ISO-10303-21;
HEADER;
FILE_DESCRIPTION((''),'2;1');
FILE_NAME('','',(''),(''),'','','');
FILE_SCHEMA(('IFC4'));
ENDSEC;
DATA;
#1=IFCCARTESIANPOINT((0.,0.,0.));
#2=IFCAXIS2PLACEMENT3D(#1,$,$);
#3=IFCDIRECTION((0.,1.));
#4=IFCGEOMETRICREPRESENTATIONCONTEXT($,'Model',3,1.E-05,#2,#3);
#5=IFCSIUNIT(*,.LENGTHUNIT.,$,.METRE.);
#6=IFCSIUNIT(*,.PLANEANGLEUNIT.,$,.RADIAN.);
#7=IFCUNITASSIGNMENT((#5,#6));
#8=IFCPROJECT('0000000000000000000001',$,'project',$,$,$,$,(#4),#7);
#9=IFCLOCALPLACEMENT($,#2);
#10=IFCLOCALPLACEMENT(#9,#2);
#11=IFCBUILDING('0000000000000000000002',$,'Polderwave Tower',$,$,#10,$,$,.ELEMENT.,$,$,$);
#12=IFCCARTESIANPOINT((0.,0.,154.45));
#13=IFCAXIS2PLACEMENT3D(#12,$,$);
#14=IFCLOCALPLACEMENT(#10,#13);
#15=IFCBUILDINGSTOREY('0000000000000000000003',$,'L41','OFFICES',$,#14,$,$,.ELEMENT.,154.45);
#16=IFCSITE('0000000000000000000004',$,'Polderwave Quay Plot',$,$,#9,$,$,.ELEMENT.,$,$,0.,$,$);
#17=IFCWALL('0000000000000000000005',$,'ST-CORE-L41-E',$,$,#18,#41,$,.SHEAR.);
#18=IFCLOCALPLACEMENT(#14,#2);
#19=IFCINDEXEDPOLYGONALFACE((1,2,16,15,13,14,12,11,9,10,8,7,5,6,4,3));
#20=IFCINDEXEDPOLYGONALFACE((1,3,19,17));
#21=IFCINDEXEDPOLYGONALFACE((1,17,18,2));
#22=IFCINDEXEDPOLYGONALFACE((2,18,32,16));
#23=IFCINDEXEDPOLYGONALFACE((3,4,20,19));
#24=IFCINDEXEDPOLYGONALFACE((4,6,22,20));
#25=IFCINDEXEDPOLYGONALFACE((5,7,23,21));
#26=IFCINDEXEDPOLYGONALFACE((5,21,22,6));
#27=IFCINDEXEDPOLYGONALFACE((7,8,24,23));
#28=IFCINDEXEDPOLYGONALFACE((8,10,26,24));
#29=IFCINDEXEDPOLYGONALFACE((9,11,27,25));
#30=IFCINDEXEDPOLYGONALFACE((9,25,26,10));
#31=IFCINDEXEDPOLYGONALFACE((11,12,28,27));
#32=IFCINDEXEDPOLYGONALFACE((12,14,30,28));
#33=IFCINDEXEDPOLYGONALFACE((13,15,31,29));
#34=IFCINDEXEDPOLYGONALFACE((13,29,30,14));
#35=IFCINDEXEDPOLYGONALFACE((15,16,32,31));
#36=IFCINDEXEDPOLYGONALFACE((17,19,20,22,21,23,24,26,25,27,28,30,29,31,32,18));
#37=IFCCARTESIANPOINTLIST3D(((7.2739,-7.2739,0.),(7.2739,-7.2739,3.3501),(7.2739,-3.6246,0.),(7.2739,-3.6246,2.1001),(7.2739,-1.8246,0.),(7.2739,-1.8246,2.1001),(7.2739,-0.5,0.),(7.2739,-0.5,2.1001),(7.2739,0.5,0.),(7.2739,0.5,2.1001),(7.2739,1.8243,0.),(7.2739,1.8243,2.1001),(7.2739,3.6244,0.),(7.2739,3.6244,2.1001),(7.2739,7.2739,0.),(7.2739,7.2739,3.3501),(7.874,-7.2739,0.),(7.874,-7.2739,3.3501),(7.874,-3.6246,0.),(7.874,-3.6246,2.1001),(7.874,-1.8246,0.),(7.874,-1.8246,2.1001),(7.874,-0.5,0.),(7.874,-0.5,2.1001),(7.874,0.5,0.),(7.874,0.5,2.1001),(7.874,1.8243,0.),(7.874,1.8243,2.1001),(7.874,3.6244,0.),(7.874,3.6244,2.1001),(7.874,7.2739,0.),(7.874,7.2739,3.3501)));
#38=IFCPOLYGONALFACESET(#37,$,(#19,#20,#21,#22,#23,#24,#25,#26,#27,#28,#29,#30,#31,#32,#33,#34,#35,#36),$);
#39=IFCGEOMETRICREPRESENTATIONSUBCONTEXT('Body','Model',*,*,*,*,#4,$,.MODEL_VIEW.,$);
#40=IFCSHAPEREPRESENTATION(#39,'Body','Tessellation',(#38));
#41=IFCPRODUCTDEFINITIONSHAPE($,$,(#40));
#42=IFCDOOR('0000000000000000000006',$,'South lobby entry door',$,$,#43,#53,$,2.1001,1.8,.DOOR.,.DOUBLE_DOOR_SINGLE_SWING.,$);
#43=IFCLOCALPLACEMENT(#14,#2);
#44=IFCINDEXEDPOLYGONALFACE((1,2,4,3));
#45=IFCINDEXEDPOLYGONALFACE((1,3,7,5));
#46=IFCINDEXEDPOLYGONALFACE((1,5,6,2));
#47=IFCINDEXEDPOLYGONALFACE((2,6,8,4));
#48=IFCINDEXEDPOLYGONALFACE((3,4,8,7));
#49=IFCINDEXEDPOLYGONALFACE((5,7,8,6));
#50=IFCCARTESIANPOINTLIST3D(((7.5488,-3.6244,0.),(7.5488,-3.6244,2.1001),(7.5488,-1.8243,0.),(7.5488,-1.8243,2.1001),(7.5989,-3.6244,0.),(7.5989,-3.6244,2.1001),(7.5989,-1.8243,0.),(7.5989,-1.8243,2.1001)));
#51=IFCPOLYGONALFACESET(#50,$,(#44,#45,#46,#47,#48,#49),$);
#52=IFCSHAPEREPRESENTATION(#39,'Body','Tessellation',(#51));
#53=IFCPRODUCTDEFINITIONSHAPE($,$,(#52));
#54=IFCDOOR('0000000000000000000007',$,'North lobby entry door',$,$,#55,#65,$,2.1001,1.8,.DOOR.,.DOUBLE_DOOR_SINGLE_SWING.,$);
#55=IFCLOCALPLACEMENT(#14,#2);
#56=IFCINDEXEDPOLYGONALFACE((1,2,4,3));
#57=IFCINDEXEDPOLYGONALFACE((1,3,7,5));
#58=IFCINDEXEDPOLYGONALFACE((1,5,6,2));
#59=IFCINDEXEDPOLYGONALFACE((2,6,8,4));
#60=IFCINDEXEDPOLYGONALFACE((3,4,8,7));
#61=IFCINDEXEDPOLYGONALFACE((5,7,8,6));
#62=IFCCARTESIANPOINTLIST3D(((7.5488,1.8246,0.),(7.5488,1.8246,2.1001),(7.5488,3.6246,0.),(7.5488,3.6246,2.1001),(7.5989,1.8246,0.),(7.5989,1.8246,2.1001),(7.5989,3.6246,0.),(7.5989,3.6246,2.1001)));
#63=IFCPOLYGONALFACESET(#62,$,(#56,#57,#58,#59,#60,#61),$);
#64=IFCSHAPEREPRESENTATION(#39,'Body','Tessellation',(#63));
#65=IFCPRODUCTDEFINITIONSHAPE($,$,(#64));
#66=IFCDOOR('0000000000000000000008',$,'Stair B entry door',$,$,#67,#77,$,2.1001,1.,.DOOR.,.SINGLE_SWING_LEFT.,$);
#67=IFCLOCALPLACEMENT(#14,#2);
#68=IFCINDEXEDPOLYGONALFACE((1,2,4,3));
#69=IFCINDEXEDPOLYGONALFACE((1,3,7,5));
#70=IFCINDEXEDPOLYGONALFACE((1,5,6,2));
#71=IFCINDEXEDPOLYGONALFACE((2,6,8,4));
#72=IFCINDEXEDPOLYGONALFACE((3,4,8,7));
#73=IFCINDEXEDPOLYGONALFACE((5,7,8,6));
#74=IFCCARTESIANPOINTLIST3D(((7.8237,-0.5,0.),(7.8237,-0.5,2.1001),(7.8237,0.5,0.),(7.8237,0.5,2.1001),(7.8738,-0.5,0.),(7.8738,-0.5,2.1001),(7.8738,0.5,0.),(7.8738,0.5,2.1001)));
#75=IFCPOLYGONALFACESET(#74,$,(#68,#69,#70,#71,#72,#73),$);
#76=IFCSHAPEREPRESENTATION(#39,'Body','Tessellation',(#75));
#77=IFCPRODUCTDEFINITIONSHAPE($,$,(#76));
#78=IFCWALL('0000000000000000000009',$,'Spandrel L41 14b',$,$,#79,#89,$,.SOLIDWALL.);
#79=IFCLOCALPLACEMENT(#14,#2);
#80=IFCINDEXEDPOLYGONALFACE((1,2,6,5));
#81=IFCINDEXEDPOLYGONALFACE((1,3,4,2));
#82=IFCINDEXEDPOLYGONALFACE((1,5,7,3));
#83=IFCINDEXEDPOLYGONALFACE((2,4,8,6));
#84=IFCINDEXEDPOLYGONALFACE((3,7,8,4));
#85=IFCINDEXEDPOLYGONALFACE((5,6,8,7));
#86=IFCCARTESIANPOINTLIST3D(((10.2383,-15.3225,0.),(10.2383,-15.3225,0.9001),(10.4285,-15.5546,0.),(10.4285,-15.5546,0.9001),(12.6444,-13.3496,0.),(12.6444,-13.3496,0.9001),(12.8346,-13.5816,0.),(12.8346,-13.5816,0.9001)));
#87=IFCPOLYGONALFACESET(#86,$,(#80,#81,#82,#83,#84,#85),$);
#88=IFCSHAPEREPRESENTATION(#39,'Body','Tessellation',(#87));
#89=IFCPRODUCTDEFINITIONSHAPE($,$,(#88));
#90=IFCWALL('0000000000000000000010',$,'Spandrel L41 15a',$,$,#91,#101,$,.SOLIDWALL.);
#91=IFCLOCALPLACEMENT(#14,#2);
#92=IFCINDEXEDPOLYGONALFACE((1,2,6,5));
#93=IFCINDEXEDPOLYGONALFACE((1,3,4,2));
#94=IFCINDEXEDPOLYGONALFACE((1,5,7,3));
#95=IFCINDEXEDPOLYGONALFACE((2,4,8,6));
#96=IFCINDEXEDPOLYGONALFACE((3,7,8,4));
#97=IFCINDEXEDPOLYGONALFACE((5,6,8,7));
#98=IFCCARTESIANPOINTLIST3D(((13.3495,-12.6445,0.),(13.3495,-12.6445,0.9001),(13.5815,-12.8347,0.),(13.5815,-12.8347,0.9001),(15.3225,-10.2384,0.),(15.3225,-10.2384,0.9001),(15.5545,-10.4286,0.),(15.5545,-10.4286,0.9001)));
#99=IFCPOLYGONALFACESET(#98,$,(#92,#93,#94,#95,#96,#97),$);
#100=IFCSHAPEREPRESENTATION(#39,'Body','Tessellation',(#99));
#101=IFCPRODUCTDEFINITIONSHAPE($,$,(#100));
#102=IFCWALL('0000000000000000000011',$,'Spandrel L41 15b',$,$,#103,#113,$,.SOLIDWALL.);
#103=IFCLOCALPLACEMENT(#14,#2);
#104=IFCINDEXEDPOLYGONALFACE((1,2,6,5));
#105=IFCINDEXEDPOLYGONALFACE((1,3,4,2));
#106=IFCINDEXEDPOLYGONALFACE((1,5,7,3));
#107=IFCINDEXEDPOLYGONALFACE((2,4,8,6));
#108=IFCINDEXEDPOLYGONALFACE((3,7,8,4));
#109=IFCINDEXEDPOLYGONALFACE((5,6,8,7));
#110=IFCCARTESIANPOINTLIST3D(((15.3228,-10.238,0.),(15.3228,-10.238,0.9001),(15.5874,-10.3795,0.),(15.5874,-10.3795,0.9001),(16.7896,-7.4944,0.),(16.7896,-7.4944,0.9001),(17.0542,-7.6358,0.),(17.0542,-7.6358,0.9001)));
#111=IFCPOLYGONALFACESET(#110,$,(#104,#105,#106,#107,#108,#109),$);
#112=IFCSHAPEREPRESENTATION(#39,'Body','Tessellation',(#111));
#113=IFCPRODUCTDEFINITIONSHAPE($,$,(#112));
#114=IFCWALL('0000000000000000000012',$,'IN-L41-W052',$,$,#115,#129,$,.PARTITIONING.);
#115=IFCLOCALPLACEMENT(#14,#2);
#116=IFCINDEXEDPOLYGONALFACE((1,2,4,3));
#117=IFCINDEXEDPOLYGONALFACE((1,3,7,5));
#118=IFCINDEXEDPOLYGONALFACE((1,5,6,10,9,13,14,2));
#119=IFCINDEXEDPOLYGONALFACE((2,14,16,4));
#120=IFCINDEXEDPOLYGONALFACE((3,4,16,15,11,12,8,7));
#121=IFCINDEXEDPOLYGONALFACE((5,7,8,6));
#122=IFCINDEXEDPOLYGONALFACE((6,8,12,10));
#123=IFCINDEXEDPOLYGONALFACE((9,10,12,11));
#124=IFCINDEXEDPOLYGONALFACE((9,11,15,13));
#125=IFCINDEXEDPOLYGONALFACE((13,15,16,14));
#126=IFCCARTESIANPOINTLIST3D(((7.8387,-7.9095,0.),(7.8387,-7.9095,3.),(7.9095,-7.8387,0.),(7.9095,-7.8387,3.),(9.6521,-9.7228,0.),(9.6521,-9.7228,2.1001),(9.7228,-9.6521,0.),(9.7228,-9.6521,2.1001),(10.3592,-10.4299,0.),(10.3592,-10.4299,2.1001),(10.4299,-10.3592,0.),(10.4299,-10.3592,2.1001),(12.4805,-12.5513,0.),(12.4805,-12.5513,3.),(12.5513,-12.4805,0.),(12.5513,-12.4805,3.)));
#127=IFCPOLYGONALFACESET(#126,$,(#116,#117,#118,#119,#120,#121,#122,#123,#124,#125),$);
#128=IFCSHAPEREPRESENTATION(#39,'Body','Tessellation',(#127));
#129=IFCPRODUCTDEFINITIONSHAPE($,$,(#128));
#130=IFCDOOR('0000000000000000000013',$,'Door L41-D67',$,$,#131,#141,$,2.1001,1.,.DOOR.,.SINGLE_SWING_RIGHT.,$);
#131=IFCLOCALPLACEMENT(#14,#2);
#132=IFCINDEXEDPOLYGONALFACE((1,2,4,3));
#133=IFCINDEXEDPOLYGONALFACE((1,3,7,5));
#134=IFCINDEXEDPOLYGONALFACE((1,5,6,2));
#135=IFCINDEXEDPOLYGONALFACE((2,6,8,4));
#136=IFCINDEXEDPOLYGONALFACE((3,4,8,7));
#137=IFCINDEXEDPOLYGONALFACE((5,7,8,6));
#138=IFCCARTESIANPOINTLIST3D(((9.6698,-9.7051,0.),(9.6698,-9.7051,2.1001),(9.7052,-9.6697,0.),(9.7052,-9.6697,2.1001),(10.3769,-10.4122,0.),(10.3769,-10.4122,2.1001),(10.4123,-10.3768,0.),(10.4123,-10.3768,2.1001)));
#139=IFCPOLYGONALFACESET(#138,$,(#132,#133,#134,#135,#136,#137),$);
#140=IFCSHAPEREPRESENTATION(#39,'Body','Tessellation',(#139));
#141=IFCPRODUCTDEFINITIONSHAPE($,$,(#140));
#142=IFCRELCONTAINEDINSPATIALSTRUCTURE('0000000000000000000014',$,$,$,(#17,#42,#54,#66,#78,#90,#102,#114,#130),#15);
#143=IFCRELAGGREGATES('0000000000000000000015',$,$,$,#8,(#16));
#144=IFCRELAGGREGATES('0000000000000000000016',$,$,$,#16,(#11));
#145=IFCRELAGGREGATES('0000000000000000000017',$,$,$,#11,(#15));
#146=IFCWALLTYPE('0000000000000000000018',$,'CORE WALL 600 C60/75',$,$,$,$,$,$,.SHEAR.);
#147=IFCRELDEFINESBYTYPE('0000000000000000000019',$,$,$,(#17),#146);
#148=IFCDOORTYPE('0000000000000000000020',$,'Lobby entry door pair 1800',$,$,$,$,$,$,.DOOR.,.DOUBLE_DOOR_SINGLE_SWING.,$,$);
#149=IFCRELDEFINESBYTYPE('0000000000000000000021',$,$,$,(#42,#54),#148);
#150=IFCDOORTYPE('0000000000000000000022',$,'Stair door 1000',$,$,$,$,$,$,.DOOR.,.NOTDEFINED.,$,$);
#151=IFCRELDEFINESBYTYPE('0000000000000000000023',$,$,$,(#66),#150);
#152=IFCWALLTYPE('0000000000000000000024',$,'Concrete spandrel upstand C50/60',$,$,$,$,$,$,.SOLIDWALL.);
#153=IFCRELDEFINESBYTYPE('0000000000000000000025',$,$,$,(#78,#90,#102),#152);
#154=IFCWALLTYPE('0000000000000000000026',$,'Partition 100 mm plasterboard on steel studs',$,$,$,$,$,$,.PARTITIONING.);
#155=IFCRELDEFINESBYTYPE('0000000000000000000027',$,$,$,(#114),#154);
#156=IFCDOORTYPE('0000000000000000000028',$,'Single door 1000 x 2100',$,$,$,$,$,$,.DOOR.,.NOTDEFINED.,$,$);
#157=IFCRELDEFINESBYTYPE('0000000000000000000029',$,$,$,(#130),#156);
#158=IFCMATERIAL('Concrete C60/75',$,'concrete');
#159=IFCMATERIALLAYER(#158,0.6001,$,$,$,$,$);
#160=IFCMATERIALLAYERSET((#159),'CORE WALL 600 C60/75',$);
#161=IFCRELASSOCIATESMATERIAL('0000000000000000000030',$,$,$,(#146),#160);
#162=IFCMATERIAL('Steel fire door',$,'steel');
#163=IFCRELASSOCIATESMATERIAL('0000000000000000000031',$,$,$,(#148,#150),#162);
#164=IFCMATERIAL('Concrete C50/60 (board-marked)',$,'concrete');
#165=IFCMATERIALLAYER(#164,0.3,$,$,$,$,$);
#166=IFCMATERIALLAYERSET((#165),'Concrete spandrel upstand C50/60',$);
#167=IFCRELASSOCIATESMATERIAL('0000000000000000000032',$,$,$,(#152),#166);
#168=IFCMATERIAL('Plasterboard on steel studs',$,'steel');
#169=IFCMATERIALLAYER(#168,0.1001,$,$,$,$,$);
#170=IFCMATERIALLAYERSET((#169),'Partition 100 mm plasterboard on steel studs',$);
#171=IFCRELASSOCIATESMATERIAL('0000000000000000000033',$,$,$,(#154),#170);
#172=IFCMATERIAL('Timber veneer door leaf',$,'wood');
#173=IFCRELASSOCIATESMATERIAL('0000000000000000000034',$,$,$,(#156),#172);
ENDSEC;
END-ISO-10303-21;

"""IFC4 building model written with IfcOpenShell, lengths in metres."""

from ifc_helpers import new_model, si_unit, direction, frame, frame_2d, origin, place, context, subcontext, project, spatial, rectangle, extrude, material, layer, layer_set, type_object, element, fill, save


model = new_model("IFC4")

# Units and contexts
model_context = context("Model", 3, precision=1e-05, world=origin(), true_north=direction((0.0, 1.0)))
body_context = subcontext(model_context, "Body", "Model", "MODEL_VIEW")
ifc_project = project(units=[si_unit("LENGTHUNIT", "METRE"), si_unit("PLANEANGLEUNIT", "RADIAN")], contexts=[model_context])

# Site, building, storey
site_placement = place(None, origin())
site = spatial("IfcSite", under=ifc_project, at=site_placement, Name="Polderwave Quay Plot", CompositionType="ELEMENT", RefElevation=0.0)
building_placement = place(site_placement, origin())
building = spatial("IfcBuilding", under=site, at=building_placement, Name="Polderwave Tower", CompositionType="ELEMENT")
storey_placement = place(building_placement, frame((0.0, 0.0, 154.45)))
storey = spatial("IfcBuildingStorey", under=building, at=storey_placement, Name="L41", Description="OFFICES", CompositionType="ELEMENT", Elevation=154.45)

# Shared definitions
ifc_material_1 = material(Name="Concrete C60/75", Category="concrete")

# Wall, openings, doors
ifc_layer_1 = layer(ifc_material_1, 0.6001)
ifc_layer_set_1 = layer_set([ifc_layer_1], Name="CORE WALL 600 C60/75")
wall_type_1 = type_object("IfcWallType", Name="CORE WALL 600 C60/75", PredefinedType="SHEAR", material=ifc_layer_set_1)
wall_1_placement = place(storey_placement, frame((7.574, -7.2739, 0.0), z_axis=(0.0, 0.0, 1.0), x_axis=(0.0, 1.0, 0.0)))
wall_1 = element("IfcWall", 1, at=wall_1_placement, inside=storey, type_object=wall_type_1, Name="ST-CORE-L41-E", PredefinedType="SHEAR", context=body_context, shape_type="SweptSolid", body=[
    extrude(rectangle(XDim=14.5479, YDim=0.6001, at=frame_2d((7.2739, 0.0))), origin(), (0.0, 0.0, 1.0), 3.3501),
])
opening_1_placement = place(wall_1_placement, frame((6.7739, 0.0, 0.0)))
opening_1 = element("IfcOpeningElement", 2, at=opening_1_placement, cuts=wall_1, PredefinedType="OPENING", context=body_context, shape_type="SweptSolid", body=[
    extrude(rectangle(XDim=1.0, YDim=2.1001, at=frame_2d((0.5, 1.05))), frame((0.0, 0.3101, 0.0), z_axis=(0.0, -1.0, 0.0), x_axis=(1.0, 0.0, 0.0)), (0.0, 0.0, 1.0), 0.6201),
])
opening_2_placement = place(wall_1_placement, frame((3.6494, 0.0, 0.0)))
opening_2 = element("IfcOpeningElement", 3, at=opening_2_placement, cuts=wall_1, PredefinedType="OPENING", context=body_context, shape_type="SweptSolid", body=[
    extrude(rectangle(XDim=1.8, YDim=2.1001, at=frame_2d((0.8999, 1.05))), frame((0.0, 0.3101, 0.0), z_axis=(0.0, -1.0, 0.0), x_axis=(1.0, 0.0, 0.0)), (0.0, 0.0, 1.0), 0.6201),
])
opening_3_placement = place(wall_1_placement, frame((9.0984, 0.0, 0.0)))
opening_3 = element("IfcOpeningElement", 4, at=opening_3_placement, cuts=wall_1, PredefinedType="OPENING", context=body_context, shape_type="SweptSolid", body=[
    extrude(rectangle(XDim=1.8, YDim=2.1001, at=frame_2d((0.8999, 1.05))), frame((0.0, 0.3101, 0.0), z_axis=(0.0, -1.0, 0.0), x_axis=(1.0, 0.0, 0.0)), (0.0, 0.0, 1.0), 0.6201),
])
ifc_material_2 = material(Name="Steel fire door", Category="steel")
door_type_1 = type_object("IfcDoorType", Name="Lobby entry door pair 1800", OperationType="DOUBLE_DOOR_SINGLE_SWING", PredefinedType="DOOR", material=ifc_material_2)
door_1_placement = place(opening_2_placement, frame((1.8, 0.0, 0.0), z_axis=(0.0, 0.0, 1.0), x_axis=(-1.0, 0.0, 0.0)))
door_1 = element("IfcDoor", 5, at=door_1_placement, inside=storey, type_object=door_type_1, Name="South lobby entry door", OperationType="DOUBLE_DOOR_SINGLE_SWING", OverallHeight=2.1001, OverallWidth=1.8, PredefinedType="DOOR", context=body_context, shape_type="SweptSolid", body=[
    extrude(rectangle(XDim=1.8, YDim=2.1001, at=frame_2d((0.8999, 1.05))), frame((0.0, 0.0249, 0.0), z_axis=(0.0, -1.0, 0.0), x_axis=(1.0, 0.0, 0.0)), (0.0, 0.0, 1.0), 0.05),
])
fill(opening_2, door_1)
door_2_placement = place(opening_3_placement, frame((1.8, 0.0, 0.0), z_axis=(0.0, 0.0, 1.0), x_axis=(-1.0, 0.0, 0.0)))
door_2 = element("IfcDoor", 6, at=door_2_placement, inside=storey, type_object=door_type_1, Name="North lobby entry door", OperationType="DOUBLE_DOOR_SINGLE_SWING", OverallHeight=2.1001, OverallWidth=1.8, PredefinedType="DOOR", context=body_context, shape_type="SweptSolid", body=[
    extrude(rectangle(XDim=1.8, YDim=2.1001, at=frame_2d((0.8999, 1.05))), frame((0.0, 0.0249, 0.0), z_axis=(0.0, -1.0, 0.0), x_axis=(1.0, 0.0, 0.0)), (0.0, 0.0, 1.0), 0.05),
])
fill(opening_3, door_2)
door_type_2 = type_object("IfcDoorType", Name="Stair door 1000", OperationType="NOTDEFINED", PredefinedType="DOOR", material=ifc_material_2)
door_3_placement = place(opening_1_placement, frame((1.0, 0.0, 0.0), z_axis=(0.0, 0.0, 1.0), x_axis=(-1.0, 0.0, 0.0)))
door_3 = element("IfcDoor", 7, at=door_3_placement, inside=storey, type_object=door_type_2, Name="Stair B entry door", OperationType="SINGLE_SWING_LEFT", OverallHeight=2.1001, OverallWidth=1.0, PredefinedType="DOOR", context=body_context, shape_type="SweptSolid", body=[
    extrude(rectangle(XDim=1.0, YDim=2.1001, at=frame_2d((0.5, 1.05))), frame((0.0, 0.2998, 0.0), z_axis=(0.0, -1.0, 0.0), x_axis=(1.0, 0.0, 0.0)), (0.0, 0.0, 1.0), 0.05),
])
fill(opening_1, door_3)

# Walls
ifc_material_3 = material(Name="Concrete C50/60 (board-marked)", Category="concrete")
ifc_layer_2 = layer(ifc_material_3, 0.3)
ifc_layer_set_2 = layer_set([ifc_layer_2], Name="Concrete spandrel upstand C50/60")
wall_type_2 = type_object("IfcWallType", Name="Concrete spandrel upstand C50/60", PredefinedType="SOLIDWALL", material=ifc_layer_set_2)
for number, where, z_axis, x_axis, name in (
    (8, (10.3335, -15.4385, 0.0), (0.0, 0.0, 1.0), (0.773272, 0.634075, 0.0), "Spandrel L41 14b"),
    (9, (13.4656, -12.7395, 0.0), (0.0, 0.0, 1.0), (0.634075, 0.773272, 0.0), "Spandrel L41 15a"),
):
    element("IfcWall", number, at=place(storey_placement, frame(where, z_axis=z_axis, x_axis=x_axis)), inside=storey, type_object=wall_type_2, Name=name, PredefinedType="SOLIDWALL", context=body_context, shape_type="SweptSolid", body=[
        extrude(rectangle(XDim=3.1116, YDim=0.3, at=frame_2d((1.5557, 0.0))), origin(), (0.0, 0.0, 1.0), 0.9001),
    ])
wall_2_placement = place(storey_placement, frame((15.4551, -10.3088, 0.0), z_axis=(0.0, 0.0, 1.0), x_axis=(0.471468, 0.881883, 0.0)))
element("IfcWall", 10, at=wall_2_placement, inside=storey, type_object=wall_type_2, Name="Spandrel L41 15b", PredefinedType="SOLIDWALL", context=body_context, shape_type="SweptSolid", body=[
    extrude(rectangle(XDim=3.1111, YDim=0.3, at=frame_2d((1.5557, 0.0))), origin(), (0.0, 0.0, 1.0), 0.9001),
])

# Wall, opening, door
ifc_material_4 = material(Name="Plasterboard on steel studs", Category="steel")
ifc_layer_3 = layer(ifc_material_4, 0.1001)
ifc_layer_set_3 = layer_set([ifc_layer_3], Name="Partition 100 mm plasterboard on steel studs")
wall_type_3 = type_object("IfcWallType", Name="Partition 100 mm plasterboard on steel studs", PredefinedType="PARTITIONING", material=ifc_layer_set_3)
wall_3_placement = place(storey_placement, frame((12.5159, -12.5159, 0.0), z_axis=(0.0, 0.0, 1.0), x_axis=(-0.707107, 0.707107, 0.0)))
wall_3 = element("IfcWall", 11, at=wall_3_placement, inside=storey, type_object=wall_type_3, Name="IN-L41-W052", PredefinedType="PARTITIONING", context=body_context, shape_type="SweptSolid", body=[
    extrude(rectangle(XDim=6.5645, YDim=0.1001, at=frame_2d((3.2822, 0.0))), origin(), (0.0, 0.0, 1.0), 3.0),
])
opening_4_placement = place(wall_3_placement, frame((3.0, 0.0, 0.0)))
opening_4 = element("IfcOpeningElement", 12, at=opening_4_placement, cuts=wall_3, PredefinedType="OPENING", context=body_context, shape_type="SweptSolid", body=[
    extrude(rectangle(XDim=1.0, YDim=2.1001, at=frame_2d((0.5, 1.05))), frame((0.0, 0.0601, 0.0), z_axis=(0.0, -1.0, 0.0), x_axis=(1.0, 0.0, 0.0)), (0.0, 0.0, 1.0), 0.1201),
])
ifc_material_5 = material(Name="Timber veneer door leaf", Category="wood")
door_type_3 = type_object("IfcDoorType", Name="Single door 1000 x 2100", OperationType="NOTDEFINED", PredefinedType="DOOR", material=ifc_material_5)
door_4_placement = place(opening_4_placement, origin())
door_4 = element("IfcDoor", 13, at=door_4_placement, inside=storey, type_object=door_type_3, Name="Door L41-D67", OperationType="SINGLE_SWING_RIGHT", OverallHeight=2.1001, OverallWidth=1.0, PredefinedType="DOOR", context=body_context, shape_type="SweptSolid", body=[
    extrude(rectangle(XDim=1.0, YDim=2.1001, at=frame_2d((0.5, 1.05))), frame((0.0, 0.0249, 0.0), z_axis=(0.0, -1.0, 0.0), x_axis=(1.0, 0.0, 0.0)), (0.0, 0.0, 1.0), 0.05),
])
fill(opening_4, door_4)

save(model, "model.ifc")
